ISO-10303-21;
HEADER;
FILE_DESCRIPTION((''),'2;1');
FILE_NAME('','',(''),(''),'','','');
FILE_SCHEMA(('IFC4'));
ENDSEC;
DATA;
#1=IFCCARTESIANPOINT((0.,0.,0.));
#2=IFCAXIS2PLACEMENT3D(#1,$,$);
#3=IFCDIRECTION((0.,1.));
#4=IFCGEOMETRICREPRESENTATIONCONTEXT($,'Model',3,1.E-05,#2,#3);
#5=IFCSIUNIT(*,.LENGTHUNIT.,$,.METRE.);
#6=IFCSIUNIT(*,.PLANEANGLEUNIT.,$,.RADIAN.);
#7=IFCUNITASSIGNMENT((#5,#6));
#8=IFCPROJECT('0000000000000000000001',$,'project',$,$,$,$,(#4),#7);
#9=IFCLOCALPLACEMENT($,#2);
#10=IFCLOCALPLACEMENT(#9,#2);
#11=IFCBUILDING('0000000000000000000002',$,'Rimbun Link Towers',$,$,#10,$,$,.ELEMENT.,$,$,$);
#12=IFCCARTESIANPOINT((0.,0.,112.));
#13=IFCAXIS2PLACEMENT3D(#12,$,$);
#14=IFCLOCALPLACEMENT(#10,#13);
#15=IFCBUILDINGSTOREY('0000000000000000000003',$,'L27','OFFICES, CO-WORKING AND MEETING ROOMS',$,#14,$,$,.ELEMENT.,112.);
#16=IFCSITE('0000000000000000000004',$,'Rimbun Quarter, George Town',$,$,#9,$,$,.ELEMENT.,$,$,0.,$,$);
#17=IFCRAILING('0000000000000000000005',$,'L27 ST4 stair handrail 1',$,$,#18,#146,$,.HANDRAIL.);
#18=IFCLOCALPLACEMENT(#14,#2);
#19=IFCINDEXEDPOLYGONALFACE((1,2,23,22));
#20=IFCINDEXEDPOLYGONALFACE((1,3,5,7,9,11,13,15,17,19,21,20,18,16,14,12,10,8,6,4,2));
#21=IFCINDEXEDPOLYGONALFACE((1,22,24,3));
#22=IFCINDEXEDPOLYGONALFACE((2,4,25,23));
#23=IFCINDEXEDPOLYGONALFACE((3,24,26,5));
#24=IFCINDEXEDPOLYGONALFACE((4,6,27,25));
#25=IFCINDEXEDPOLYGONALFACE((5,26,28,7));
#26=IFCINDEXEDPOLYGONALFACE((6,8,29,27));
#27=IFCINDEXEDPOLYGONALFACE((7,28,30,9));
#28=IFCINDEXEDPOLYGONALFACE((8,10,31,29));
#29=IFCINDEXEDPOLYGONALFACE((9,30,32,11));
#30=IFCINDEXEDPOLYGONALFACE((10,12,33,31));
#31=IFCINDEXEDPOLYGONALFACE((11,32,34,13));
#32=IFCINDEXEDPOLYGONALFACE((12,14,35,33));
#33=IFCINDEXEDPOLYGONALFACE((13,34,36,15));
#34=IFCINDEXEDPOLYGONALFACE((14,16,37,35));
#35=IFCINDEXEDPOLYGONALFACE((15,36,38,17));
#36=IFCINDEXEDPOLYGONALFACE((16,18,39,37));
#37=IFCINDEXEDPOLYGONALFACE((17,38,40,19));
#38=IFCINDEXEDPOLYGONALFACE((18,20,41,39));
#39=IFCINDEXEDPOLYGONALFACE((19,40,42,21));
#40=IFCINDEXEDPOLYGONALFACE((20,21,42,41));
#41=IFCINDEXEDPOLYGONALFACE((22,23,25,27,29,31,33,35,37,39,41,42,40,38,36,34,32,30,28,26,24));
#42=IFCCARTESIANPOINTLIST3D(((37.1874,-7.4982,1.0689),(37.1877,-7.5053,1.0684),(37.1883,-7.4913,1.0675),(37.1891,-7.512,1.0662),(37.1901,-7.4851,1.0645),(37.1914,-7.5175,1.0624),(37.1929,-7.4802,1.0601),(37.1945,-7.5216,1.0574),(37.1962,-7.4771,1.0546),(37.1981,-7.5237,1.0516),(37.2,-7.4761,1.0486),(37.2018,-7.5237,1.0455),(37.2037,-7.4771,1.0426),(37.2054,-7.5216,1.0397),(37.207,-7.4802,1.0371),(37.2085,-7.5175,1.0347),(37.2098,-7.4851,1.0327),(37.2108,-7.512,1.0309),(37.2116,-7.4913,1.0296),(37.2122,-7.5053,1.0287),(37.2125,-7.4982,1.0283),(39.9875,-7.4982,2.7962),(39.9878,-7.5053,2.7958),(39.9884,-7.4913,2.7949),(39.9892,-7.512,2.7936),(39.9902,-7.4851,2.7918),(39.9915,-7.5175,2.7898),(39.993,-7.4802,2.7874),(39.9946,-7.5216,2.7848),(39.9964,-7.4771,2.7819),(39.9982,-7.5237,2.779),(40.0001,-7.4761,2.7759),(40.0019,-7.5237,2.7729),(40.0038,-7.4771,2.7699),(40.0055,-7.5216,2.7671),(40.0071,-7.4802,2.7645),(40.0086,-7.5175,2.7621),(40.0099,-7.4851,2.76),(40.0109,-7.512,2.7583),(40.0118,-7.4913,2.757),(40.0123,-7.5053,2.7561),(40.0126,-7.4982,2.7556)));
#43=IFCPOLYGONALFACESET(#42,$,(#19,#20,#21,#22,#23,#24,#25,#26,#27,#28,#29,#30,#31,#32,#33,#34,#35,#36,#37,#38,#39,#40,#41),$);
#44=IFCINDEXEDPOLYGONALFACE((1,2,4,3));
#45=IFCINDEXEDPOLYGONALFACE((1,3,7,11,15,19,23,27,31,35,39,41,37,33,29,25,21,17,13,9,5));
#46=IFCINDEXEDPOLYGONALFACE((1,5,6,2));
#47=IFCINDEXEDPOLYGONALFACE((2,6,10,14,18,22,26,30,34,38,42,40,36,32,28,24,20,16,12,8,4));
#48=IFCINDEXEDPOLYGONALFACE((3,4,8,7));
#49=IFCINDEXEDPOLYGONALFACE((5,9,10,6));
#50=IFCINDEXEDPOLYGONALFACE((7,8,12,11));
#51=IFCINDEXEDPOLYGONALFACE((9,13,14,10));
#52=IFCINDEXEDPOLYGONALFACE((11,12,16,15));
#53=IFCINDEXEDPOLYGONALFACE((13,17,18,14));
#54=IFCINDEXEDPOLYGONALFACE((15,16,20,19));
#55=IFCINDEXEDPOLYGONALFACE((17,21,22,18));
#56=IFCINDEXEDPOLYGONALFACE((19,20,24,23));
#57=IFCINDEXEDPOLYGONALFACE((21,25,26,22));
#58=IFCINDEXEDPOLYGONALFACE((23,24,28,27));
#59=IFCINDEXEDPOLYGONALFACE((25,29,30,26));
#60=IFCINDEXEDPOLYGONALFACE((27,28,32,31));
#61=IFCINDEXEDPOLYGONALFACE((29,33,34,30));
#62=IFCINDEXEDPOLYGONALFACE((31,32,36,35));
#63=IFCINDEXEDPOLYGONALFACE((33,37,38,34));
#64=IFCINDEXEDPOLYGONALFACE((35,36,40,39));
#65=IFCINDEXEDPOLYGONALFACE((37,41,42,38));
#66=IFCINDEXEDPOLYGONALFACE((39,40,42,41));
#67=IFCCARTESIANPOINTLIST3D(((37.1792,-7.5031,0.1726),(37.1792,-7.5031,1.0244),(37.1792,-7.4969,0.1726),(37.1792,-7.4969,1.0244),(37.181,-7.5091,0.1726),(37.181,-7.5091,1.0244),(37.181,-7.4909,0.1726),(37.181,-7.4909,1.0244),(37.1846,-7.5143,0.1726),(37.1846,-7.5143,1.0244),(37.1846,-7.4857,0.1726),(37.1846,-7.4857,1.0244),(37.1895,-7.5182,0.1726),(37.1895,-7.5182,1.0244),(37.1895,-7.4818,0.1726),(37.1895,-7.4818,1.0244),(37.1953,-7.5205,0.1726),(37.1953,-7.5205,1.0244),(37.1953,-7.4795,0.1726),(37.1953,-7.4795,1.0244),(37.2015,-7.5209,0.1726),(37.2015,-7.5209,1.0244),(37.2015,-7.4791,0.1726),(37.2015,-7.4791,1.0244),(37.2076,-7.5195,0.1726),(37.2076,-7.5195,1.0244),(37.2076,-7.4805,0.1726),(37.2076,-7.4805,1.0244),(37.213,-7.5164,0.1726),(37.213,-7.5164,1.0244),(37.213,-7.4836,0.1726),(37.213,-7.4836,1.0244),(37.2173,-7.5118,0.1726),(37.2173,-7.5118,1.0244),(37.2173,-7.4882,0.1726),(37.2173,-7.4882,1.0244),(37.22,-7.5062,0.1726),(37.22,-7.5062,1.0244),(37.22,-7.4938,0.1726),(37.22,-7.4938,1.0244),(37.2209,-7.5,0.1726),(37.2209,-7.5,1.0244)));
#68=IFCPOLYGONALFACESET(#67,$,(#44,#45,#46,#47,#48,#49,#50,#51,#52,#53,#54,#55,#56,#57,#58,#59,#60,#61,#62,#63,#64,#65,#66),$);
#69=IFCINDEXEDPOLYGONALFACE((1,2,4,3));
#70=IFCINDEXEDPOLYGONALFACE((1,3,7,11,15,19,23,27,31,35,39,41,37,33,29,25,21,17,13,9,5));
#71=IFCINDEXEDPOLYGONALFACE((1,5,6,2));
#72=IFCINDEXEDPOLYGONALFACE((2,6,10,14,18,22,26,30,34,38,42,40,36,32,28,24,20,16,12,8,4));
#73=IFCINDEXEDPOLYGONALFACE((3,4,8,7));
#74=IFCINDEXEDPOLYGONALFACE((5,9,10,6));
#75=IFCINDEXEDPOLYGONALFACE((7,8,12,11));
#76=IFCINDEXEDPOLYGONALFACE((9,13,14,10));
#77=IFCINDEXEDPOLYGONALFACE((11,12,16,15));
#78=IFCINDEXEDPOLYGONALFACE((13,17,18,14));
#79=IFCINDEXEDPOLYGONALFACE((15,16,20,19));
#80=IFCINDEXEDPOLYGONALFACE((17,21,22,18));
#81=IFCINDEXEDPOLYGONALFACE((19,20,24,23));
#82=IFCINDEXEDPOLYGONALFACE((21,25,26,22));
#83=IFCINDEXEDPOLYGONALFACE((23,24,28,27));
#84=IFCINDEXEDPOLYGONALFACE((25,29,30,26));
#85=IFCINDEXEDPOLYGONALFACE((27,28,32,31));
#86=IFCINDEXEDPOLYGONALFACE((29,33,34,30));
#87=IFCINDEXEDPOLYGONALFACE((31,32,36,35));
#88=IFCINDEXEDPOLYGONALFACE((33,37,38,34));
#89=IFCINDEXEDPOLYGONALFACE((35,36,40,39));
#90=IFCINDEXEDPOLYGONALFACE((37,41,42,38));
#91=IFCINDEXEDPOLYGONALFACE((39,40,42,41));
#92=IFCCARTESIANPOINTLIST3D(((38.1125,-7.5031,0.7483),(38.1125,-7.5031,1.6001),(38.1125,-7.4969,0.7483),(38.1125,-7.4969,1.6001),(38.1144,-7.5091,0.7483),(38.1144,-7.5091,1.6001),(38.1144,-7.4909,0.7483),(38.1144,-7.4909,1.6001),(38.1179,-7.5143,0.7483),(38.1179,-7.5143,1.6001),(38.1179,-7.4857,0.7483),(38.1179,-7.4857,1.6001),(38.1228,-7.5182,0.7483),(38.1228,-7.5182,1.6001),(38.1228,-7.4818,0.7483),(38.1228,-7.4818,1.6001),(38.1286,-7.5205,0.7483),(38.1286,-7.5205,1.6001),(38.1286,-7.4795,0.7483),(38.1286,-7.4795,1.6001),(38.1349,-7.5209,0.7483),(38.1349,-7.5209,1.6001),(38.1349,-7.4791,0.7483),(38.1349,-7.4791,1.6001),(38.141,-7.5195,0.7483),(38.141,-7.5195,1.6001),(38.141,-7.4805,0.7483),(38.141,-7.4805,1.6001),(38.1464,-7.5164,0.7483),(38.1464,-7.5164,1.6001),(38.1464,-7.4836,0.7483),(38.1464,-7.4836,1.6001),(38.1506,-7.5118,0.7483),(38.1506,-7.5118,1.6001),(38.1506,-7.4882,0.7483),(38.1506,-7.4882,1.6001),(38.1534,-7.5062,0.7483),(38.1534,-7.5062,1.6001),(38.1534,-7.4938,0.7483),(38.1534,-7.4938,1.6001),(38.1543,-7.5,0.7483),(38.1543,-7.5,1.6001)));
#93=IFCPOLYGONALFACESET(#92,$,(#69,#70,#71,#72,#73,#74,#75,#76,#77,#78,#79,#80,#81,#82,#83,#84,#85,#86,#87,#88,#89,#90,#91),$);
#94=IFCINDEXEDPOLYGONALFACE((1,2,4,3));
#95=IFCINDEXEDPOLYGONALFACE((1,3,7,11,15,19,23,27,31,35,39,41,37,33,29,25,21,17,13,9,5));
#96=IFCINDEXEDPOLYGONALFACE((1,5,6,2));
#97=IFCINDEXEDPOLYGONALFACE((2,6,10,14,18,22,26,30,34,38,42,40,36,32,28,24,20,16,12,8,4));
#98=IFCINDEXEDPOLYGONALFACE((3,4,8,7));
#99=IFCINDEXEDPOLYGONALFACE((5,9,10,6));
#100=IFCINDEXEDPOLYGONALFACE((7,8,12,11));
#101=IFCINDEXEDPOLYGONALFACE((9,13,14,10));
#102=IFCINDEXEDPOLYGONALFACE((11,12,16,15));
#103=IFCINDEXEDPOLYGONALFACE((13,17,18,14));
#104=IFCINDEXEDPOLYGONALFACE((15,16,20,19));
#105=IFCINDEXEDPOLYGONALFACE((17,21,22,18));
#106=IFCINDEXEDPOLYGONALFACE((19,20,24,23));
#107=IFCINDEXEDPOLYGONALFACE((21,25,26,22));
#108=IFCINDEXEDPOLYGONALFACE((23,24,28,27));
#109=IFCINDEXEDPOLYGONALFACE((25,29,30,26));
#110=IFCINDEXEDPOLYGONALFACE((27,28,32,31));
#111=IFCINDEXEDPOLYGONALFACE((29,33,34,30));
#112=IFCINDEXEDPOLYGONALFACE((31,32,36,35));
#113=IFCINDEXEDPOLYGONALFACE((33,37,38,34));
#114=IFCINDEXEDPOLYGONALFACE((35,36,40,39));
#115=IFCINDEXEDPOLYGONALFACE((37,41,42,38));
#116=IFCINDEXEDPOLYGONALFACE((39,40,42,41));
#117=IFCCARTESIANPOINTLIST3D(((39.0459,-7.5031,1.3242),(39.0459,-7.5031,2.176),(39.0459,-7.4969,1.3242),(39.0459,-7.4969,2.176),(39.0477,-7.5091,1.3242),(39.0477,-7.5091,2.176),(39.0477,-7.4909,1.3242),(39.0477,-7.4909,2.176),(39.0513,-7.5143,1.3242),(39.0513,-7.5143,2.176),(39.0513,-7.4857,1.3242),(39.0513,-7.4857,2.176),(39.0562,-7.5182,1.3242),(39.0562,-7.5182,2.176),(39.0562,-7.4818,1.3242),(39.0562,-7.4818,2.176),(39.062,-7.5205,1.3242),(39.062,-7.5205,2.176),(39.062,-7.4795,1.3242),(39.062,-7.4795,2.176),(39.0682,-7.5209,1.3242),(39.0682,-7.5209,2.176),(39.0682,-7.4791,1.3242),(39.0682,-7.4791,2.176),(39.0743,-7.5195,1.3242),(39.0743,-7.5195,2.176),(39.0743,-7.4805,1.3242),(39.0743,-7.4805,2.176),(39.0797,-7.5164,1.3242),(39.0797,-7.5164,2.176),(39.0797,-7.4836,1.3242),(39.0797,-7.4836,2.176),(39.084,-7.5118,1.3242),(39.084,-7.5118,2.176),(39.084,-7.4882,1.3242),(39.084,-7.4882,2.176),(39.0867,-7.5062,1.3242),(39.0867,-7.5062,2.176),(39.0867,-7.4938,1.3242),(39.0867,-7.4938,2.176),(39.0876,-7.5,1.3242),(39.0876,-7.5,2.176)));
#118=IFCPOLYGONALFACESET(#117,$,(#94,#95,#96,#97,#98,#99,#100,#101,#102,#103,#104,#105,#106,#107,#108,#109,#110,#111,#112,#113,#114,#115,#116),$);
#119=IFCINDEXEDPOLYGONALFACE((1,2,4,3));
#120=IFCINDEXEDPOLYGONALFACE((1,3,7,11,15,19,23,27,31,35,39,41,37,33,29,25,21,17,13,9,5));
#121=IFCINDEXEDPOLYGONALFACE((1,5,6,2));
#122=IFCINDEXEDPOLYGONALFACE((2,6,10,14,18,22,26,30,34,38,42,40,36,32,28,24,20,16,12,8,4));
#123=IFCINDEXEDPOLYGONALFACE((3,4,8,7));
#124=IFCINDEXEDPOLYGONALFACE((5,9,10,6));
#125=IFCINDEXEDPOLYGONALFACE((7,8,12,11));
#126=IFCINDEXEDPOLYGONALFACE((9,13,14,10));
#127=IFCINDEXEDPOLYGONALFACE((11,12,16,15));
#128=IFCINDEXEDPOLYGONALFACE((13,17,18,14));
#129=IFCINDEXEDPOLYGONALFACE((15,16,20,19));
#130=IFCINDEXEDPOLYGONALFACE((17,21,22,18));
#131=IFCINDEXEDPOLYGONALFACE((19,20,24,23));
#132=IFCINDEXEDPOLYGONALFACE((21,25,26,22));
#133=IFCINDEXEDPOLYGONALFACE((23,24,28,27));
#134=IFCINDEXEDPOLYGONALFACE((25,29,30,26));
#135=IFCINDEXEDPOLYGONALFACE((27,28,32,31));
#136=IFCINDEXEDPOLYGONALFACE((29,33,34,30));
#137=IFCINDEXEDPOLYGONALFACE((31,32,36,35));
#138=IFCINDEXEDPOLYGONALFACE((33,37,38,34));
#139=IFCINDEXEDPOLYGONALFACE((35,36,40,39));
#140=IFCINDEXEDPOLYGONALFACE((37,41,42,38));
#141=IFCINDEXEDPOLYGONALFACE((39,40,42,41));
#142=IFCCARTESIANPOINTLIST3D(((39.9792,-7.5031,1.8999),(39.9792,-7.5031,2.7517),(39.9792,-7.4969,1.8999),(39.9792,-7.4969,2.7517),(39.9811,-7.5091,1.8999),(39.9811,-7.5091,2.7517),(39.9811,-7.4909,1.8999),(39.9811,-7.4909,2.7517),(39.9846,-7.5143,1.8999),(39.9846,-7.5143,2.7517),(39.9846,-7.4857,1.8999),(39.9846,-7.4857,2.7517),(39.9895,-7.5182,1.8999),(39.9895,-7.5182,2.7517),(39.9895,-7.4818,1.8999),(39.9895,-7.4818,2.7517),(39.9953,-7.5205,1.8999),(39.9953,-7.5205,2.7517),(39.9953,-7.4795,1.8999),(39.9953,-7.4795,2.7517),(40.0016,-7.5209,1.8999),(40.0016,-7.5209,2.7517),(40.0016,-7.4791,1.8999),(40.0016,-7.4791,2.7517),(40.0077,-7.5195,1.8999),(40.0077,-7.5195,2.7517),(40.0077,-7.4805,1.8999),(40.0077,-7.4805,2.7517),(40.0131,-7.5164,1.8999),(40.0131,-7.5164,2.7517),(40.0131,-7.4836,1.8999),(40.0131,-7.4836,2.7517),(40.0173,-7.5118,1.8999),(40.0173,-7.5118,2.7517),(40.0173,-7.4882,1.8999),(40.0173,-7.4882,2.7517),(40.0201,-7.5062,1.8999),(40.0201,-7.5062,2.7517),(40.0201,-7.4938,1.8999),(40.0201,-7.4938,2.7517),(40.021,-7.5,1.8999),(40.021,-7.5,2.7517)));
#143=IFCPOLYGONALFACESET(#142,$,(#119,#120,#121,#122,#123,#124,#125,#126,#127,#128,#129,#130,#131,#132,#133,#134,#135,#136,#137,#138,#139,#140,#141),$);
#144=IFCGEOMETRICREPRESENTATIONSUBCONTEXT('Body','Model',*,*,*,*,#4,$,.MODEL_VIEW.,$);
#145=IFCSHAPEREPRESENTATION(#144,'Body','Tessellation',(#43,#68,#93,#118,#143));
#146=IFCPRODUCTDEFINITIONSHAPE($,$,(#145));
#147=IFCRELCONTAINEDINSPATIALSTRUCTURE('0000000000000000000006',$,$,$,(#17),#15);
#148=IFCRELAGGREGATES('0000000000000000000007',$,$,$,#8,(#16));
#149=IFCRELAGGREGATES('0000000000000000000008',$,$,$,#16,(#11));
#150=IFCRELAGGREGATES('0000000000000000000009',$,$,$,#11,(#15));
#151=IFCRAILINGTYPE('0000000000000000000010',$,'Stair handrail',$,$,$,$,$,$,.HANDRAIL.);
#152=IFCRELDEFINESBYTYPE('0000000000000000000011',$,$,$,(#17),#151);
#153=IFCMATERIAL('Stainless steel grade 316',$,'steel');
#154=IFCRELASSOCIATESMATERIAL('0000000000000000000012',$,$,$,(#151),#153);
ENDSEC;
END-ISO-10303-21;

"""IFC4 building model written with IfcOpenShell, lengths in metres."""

from ifc_helpers import new_model, si_unit, direction, frame, origin, origin_2d, place, context, subcontext, project, spatial, circle, extrude, material, type_object, element, save


model = new_model("IFC4")

# Units and contexts
model_context = context("Model", 3, precision=1e-05, world=origin(), true_north=direction((0.0, 1.0)))
body_context = subcontext(model_context, "Body", "Model", "MODEL_VIEW")
ifc_project = project(units=[si_unit("LENGTHUNIT", "METRE"), si_unit("PLANEANGLEUNIT", "RADIAN")], contexts=[model_context])

# Site, building, storey
site_placement = place(None, origin())
site = spatial("IfcSite", under=ifc_project, at=site_placement, Name="Rimbun Quarter, George Town", CompositionType="ELEMENT", RefElevation=0.0)
building_placement = place(site_placement, origin())
building = spatial("IfcBuilding", under=site, at=building_placement, Name="Rimbun Link Towers", CompositionType="ELEMENT")
storey_placement = place(building_placement, frame((0.0, 0.0, 112.0)))
storey = spatial("IfcBuildingStorey", under=building, at=storey_placement, Name="L27", Description="OFFICES, CO-WORKING AND MEETING ROOMS", CompositionType="ELEMENT", Elevation=112.0)

# Railing
ifc_material_1 = material(Name="Stainless steel grade 316", Category="steel")
railing_type_1 = type_object("IfcRailingType", Name="Stair handrail", PredefinedType="HANDRAIL", material=ifc_material_1)
railing_1_placement = place(storey_placement, frame((37.2, -7.5, 0.1726)))
element("IfcRailing", 1, at=railing_1_placement, inside=storey, type_object=railing_type_1, Name="L27 ST4 stair handrail 1", PredefinedType="HANDRAIL", context=body_context, shape_type="SweptSolid", body=[
    extrude(circle(Radius=0.0239, at=origin_2d()), frame((0.0, 0.0, 0.876), z_axis=(0.85109, 0.0, 0.52502), x_axis=(0.0, 1.0, 0.0)), (0.0, 0.0, 1.0), 3.29),
    extrude(circle(Radius=0.021, at=origin_2d()), origin(), (0.0, 0.0, 1.0), 0.8518),
    extrude(circle(Radius=0.021, at=origin_2d()), frame((0.9333, 0.0, 0.5757)), (0.0, 0.0, 1.0), 0.8518),
    extrude(circle(Radius=0.021, at=origin_2d()), frame((1.8667, 0.0, 1.1516)), (0.0, 0.0, 1.0), 0.8518),
    extrude(circle(Radius=0.021, at=origin_2d()), frame((2.8, 0.0, 1.7273)), (0.0, 0.0, 1.0), 0.8518),
])

save(model, "model.ifc")
